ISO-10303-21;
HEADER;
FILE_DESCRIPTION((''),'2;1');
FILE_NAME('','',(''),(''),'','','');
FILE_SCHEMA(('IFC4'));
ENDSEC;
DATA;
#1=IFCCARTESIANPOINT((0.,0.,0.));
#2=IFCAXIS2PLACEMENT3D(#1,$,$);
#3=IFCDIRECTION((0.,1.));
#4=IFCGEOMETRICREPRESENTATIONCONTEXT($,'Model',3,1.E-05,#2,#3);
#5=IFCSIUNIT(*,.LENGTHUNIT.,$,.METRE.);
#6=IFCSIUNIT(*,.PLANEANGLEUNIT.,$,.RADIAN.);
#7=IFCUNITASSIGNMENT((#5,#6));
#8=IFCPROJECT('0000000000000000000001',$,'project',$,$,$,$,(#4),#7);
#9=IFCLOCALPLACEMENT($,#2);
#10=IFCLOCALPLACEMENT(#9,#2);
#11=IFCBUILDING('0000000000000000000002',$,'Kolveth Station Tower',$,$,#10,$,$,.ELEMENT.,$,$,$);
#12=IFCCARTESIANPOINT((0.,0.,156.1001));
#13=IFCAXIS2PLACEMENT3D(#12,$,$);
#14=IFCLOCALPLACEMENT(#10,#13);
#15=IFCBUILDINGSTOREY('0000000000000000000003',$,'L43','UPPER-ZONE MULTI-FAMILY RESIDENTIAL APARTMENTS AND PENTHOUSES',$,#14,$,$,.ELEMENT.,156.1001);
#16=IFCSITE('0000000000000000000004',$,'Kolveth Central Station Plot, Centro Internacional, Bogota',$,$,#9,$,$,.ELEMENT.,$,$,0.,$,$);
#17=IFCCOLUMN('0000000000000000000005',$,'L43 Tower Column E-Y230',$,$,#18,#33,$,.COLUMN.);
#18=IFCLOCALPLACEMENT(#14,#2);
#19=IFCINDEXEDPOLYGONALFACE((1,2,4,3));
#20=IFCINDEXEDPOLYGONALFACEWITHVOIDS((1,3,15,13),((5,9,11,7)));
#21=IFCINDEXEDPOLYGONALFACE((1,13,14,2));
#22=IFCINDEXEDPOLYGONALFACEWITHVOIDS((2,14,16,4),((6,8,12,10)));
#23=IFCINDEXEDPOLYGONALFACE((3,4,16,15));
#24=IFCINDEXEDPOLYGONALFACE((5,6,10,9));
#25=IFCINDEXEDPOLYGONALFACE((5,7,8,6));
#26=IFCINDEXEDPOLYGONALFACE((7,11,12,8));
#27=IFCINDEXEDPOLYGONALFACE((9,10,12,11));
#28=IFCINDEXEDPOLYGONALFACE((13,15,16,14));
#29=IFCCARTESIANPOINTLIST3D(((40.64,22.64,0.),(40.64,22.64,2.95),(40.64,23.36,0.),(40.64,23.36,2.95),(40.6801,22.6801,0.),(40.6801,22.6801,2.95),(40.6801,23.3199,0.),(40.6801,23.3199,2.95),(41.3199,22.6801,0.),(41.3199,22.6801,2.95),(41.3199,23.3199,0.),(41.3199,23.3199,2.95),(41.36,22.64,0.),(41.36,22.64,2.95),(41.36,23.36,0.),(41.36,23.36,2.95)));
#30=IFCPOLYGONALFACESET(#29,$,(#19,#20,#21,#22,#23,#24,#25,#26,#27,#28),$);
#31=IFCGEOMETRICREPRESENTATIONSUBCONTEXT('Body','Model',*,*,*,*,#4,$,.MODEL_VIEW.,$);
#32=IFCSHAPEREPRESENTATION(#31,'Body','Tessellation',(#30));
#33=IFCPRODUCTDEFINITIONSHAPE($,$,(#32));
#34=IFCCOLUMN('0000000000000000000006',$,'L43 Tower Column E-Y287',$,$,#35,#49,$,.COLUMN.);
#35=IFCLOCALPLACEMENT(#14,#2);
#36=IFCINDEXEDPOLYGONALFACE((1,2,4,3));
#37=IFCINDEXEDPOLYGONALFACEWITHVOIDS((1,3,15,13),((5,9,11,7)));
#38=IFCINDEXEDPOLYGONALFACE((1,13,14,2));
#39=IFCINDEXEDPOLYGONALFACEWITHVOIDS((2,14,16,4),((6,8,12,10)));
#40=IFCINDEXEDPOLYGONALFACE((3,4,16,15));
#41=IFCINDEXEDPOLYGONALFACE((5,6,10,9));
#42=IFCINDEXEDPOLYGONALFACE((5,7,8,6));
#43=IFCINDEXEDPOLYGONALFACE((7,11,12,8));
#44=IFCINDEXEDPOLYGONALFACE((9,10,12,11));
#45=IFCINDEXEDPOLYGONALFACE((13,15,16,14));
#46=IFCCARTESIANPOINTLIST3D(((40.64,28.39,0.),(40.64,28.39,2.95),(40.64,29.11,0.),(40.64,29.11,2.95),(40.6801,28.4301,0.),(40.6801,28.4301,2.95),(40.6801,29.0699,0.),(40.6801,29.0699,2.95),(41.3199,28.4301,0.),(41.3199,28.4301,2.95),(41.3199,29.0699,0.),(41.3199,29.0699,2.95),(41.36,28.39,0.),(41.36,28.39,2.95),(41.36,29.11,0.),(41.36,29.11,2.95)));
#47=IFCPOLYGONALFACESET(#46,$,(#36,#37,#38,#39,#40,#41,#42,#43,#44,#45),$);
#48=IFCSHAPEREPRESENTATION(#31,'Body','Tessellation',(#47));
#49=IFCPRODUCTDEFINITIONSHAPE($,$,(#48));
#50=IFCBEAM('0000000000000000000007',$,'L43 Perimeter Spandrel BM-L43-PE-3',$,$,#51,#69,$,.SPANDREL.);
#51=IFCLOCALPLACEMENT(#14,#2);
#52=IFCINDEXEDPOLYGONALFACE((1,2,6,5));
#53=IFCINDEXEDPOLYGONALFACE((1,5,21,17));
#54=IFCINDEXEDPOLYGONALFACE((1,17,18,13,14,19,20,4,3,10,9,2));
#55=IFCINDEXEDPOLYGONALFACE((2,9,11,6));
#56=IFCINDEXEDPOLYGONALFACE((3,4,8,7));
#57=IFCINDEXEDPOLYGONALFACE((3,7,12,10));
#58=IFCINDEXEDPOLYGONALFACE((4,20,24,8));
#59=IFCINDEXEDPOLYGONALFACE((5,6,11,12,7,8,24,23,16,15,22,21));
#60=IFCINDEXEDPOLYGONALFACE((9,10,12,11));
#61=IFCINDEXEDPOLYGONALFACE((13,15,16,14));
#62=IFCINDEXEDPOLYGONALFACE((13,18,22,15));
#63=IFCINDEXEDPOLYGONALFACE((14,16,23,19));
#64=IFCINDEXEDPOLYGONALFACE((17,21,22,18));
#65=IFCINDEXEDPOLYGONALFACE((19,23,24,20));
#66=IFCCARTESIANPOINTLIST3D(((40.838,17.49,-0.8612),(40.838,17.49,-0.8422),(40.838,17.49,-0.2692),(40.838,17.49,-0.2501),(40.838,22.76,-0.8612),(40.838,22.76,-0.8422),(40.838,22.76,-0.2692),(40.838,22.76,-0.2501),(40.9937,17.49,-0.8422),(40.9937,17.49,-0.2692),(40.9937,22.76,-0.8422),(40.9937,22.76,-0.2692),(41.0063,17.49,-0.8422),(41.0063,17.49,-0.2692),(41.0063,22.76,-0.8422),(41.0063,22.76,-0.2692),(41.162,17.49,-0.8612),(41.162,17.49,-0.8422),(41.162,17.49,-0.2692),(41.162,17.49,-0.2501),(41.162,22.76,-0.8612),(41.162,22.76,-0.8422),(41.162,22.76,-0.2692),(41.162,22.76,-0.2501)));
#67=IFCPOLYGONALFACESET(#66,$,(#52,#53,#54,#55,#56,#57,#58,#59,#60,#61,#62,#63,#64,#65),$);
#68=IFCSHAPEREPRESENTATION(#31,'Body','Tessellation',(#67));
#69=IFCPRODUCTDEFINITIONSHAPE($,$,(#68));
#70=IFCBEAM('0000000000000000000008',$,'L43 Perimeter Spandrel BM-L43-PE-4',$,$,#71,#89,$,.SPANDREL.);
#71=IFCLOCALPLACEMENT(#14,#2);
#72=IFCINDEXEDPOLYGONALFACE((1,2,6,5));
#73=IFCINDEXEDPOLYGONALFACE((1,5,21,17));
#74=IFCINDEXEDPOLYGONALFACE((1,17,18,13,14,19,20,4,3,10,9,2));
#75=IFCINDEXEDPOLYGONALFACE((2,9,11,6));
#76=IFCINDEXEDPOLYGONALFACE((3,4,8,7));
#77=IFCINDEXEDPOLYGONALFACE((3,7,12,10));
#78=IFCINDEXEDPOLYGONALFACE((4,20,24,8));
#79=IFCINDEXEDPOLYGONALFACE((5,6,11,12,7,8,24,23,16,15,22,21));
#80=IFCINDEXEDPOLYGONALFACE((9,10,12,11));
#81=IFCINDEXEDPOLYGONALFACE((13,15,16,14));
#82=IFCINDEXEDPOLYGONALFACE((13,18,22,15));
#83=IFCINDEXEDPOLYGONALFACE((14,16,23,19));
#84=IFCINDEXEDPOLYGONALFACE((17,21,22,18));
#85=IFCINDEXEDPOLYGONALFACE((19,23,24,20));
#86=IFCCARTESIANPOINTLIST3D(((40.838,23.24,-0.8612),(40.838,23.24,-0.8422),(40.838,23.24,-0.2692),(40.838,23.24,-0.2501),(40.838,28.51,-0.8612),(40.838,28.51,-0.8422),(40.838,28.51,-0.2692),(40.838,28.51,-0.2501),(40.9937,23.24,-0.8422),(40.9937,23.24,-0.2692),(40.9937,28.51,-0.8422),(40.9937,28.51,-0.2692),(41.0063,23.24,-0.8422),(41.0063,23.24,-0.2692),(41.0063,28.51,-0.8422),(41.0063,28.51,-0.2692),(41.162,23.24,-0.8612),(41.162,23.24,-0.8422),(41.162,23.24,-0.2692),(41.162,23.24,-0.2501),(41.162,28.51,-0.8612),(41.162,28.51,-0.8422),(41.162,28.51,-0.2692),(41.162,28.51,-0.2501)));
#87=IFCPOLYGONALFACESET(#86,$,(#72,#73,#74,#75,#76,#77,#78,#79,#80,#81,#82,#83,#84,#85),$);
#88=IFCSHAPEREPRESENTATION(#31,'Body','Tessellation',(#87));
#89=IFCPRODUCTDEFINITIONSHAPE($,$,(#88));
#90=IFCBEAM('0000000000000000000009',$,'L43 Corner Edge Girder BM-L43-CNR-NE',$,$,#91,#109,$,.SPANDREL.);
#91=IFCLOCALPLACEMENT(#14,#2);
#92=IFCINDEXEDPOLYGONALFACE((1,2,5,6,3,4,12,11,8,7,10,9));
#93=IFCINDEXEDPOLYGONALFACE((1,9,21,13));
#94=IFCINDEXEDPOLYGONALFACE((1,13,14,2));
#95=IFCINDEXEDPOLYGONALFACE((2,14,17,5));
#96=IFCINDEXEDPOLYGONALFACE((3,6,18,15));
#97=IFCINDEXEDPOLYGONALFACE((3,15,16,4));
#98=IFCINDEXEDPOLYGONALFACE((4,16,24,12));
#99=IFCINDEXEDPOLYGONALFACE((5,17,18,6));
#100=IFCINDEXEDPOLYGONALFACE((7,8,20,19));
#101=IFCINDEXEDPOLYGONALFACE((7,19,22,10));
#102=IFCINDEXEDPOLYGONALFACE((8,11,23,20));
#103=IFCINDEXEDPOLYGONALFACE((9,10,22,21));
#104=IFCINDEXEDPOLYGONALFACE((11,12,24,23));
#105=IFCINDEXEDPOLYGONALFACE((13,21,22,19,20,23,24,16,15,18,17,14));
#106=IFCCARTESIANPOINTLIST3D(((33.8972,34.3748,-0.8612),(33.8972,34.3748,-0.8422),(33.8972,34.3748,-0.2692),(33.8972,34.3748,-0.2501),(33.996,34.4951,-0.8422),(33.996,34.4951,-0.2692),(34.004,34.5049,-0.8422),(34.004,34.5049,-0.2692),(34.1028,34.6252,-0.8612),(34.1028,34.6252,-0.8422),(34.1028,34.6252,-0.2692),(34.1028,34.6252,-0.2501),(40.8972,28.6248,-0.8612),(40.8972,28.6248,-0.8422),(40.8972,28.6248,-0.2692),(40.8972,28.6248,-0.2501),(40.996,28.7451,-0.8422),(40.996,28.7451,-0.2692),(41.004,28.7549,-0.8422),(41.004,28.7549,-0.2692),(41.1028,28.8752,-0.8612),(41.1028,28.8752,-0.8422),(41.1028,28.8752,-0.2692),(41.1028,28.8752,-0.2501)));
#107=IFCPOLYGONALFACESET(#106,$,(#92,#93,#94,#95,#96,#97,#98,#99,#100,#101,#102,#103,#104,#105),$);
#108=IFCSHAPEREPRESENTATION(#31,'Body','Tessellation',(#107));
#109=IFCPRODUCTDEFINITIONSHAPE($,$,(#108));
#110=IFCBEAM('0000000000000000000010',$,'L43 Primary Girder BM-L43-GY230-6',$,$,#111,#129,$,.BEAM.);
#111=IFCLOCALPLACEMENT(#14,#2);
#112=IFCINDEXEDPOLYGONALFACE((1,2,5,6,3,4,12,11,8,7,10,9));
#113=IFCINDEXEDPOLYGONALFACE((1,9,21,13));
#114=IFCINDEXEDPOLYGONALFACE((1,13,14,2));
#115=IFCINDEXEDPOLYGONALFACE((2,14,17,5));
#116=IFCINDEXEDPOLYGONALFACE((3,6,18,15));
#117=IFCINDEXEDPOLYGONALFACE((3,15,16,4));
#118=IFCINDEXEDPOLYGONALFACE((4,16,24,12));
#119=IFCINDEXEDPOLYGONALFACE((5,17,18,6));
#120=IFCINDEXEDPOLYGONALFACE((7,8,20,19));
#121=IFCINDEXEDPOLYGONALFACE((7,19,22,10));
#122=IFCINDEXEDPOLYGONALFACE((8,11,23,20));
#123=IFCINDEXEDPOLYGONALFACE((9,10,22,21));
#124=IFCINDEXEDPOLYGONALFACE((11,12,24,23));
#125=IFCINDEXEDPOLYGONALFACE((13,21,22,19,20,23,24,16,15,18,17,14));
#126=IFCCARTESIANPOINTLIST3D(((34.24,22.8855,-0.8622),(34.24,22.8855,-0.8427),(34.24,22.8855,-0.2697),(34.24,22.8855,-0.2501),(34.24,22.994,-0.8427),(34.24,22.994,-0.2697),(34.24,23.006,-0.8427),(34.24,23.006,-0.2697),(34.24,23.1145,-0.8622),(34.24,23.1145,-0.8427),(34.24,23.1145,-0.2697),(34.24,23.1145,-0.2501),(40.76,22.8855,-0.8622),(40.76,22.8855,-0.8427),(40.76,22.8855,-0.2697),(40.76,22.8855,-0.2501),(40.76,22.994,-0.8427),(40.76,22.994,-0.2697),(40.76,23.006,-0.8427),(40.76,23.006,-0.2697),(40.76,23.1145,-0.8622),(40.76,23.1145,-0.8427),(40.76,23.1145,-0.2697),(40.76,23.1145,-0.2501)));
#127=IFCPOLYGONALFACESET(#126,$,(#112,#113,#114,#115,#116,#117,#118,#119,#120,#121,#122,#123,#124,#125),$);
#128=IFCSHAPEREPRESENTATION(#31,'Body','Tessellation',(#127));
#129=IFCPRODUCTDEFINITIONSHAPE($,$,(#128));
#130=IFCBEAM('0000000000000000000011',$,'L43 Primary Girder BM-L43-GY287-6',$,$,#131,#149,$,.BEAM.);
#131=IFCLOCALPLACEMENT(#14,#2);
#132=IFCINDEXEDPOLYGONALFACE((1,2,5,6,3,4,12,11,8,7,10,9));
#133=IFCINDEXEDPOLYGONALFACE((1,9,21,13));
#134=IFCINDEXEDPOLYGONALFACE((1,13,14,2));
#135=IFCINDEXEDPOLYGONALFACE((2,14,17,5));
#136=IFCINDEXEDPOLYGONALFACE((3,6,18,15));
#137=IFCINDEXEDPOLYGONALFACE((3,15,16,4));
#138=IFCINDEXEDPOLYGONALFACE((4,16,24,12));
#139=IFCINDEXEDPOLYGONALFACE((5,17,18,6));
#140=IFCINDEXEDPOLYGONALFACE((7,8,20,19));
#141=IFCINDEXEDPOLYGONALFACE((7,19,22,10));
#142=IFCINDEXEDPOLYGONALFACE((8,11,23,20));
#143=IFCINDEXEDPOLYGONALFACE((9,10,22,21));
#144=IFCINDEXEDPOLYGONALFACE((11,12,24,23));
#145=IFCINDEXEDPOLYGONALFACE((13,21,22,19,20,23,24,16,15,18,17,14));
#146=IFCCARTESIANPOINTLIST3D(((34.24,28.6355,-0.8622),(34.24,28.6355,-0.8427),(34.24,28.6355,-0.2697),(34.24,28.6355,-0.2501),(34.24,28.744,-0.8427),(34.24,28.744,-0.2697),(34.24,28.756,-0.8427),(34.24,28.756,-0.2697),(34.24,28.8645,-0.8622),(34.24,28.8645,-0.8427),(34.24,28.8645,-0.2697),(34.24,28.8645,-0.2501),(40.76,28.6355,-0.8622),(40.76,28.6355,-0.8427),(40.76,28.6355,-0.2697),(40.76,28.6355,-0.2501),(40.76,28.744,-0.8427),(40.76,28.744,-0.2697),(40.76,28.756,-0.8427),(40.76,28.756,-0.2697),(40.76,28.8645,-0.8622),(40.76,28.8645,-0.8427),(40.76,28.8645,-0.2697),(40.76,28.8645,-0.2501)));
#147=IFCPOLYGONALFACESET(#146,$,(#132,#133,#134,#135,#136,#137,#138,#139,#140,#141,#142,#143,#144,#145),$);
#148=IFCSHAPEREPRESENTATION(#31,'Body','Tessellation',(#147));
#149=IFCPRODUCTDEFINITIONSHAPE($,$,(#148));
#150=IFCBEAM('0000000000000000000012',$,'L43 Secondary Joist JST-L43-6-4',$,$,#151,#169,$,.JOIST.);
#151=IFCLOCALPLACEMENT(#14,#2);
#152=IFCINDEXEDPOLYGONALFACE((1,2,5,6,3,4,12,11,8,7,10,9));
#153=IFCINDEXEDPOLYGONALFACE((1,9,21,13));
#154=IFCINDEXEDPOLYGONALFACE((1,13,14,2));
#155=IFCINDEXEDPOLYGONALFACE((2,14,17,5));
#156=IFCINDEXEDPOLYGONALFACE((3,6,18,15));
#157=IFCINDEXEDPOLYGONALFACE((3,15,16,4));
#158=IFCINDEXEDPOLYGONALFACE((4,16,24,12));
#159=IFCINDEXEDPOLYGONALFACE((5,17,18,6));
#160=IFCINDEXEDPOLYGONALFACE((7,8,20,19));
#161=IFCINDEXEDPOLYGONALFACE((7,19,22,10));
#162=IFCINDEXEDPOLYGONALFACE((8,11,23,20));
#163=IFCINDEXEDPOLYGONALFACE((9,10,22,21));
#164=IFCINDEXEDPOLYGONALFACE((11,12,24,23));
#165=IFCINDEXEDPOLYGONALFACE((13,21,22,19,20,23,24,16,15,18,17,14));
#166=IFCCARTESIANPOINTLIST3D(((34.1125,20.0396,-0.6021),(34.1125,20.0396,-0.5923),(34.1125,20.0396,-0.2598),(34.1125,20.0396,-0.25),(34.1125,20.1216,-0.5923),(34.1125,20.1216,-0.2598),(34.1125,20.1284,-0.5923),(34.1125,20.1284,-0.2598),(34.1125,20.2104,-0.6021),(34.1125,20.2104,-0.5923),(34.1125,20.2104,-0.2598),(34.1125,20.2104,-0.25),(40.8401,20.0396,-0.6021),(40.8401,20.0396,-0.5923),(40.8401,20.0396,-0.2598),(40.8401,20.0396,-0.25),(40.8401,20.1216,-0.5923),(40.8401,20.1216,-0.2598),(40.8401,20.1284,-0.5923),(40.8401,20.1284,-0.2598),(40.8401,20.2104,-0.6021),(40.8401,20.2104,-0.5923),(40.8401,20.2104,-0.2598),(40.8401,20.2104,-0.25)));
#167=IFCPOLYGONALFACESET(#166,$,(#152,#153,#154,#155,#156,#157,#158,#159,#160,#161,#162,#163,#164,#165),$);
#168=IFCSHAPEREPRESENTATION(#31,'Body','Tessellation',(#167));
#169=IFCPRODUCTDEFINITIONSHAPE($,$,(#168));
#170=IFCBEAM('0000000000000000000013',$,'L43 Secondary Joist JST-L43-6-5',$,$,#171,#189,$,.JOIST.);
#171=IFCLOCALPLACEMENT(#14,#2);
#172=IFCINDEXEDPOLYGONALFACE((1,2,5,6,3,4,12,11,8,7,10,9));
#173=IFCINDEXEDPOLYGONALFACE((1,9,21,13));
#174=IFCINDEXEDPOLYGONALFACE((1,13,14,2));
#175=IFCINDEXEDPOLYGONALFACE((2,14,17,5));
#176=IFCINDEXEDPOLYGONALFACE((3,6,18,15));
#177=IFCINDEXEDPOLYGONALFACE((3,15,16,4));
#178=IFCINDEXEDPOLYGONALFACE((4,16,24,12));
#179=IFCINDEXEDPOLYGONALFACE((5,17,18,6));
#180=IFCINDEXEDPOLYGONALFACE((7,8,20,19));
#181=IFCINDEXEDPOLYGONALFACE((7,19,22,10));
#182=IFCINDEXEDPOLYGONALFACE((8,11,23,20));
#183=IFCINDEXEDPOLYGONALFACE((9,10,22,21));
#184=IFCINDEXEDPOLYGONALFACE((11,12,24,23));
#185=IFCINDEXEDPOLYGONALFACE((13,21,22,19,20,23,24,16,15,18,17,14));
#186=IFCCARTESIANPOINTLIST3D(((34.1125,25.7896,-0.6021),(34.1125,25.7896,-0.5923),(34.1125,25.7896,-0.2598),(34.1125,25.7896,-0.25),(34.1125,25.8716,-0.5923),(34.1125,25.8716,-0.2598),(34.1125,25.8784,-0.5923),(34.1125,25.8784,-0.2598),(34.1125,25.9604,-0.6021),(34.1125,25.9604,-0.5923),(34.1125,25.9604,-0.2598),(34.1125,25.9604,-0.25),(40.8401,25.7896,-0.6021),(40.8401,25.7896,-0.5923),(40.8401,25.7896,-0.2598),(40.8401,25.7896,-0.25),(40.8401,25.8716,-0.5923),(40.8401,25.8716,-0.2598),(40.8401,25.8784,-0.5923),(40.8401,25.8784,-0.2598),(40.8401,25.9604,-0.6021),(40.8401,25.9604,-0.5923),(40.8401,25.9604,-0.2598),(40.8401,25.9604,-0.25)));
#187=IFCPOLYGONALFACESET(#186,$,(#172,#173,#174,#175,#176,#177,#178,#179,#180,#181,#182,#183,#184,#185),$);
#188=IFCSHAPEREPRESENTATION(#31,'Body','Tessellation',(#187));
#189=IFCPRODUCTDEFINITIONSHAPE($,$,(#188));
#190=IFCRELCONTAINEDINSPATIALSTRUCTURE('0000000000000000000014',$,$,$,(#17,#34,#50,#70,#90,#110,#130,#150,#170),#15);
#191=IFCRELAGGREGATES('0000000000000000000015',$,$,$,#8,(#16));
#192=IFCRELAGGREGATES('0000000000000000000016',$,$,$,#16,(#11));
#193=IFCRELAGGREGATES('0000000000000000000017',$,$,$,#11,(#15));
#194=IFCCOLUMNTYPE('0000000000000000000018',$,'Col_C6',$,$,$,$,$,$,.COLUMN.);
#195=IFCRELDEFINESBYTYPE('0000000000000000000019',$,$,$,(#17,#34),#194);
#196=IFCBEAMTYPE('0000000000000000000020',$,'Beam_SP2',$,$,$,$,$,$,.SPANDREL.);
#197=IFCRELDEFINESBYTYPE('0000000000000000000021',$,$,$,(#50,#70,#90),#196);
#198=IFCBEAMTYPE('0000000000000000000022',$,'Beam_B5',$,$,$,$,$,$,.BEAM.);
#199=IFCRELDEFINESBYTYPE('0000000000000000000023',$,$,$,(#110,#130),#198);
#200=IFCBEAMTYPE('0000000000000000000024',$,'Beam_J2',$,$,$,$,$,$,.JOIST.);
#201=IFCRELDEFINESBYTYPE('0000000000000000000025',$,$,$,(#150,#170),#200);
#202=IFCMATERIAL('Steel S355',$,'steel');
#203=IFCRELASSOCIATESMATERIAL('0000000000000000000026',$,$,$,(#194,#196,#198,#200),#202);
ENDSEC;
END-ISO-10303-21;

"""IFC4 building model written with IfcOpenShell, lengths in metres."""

from ifc_helpers import new_model, si_unit, direction, frame, origin, origin_2d, place, context, subcontext, project, spatial, hollow_rectangle, i_section, extrude, source, transform, mapped, material, material_profile, profile_set, type_object, element, save


model = new_model("IFC4")

# Units and contexts
model_context = context("Model", 3, precision=1e-05, world=origin(), true_north=direction((0.0, 1.0)))
body_context = subcontext(model_context, "Body", "Model", "MODEL_VIEW")
ifc_project = project(units=[si_unit("LENGTHUNIT", "METRE"), si_unit("PLANEANGLEUNIT", "RADIAN")], contexts=[model_context])

# Site, building, storey
site_placement = place(None, origin())
site = spatial("IfcSite", under=ifc_project, at=site_placement, Name="Kolveth Central Station Plot, Centro Internacional, Bogota", CompositionType="ELEMENT", RefElevation=0.0)
building_placement = place(site_placement, origin())
building = spatial("IfcBuilding", under=site, at=building_placement, Name="Kolveth Station Tower", CompositionType="ELEMENT")
storey_placement = place(building_placement, frame((0.0, 0.0, 156.1001)))
storey = spatial("IfcBuildingStorey", under=building, at=storey_placement, Name="L43", Description="UPPER-ZONE MULTI-FAMILY RESIDENTIAL APARTMENTS AND PENTHOUSES", CompositionType="ELEMENT", Elevation=156.1001)

# Columns
ifc_material_1 = material(Name="Steel S355", Category="steel")
ifc_material_profile_1 = material_profile(ifc_material_1, hollow_rectangle(XDim=0.72, YDim=0.72, WallThickness=0.04, at=origin_2d()), Name="BOX720x720x40")
ifc_profile_set_1 = profile_set([ifc_material_profile_1], Name="Steel S355")
column_type = type_object("IfcColumnType", Name="Col_C6", PredefinedType="COLUMN", material=ifc_profile_set_1)
shared_shape_1 = source(origin(), body_context, "Body", "SweptSolid", [
    extrude(hollow_rectangle(XDim=0.72, YDim=0.72, WallThickness=0.04, at=origin_2d()), origin(), (0.0, 0.0, 1.0), 2.95),
])
for number, where, z_axis, x_axis, name in (
    (1, (41.0, 23.0, 0.0), (0.0, 0.0, 1.0), (1.0, 0.0, 0.0), "L43 Tower Column E-Y230"),
    (2, (41.0, 28.75, 0.0), (0.0, 0.0, 1.0), (1.0, 0.0, 0.0), "L43 Tower Column E-Y287"),
):
    element("IfcColumn", number, at=place(storey_placement, frame(where, z_axis=z_axis, x_axis=x_axis)), inside=storey, type_object=column_type, Name=name, PredefinedType="COLUMN", context=body_context, shape_type="MappedRepresentation", body=[
        mapped(shared_shape_1, transform((0.0, 0.0, 0.0), x_axis=(1.0, 0.0, 0.0), y_axis=(0.0, 1.0, 0.0), z_axis=(0.0, 0.0, 1.0), scale=1.0)),
    ])

# Beams
ifc_material_profile_2 = material_profile(ifc_material_1, i_section(OverallWidth=0.324, OverallDepth=0.6111, WebThickness=0.0127, FlangeThickness=0.019, at=origin_2d()), Name="W610x155")
ifc_profile_set_2 = profile_set([ifc_material_profile_2], Name="Steel S355")
beam_type_1 = type_object("IfcBeamType", Name="Beam_SP2", PredefinedType="SPANDREL", material=ifc_profile_set_2)
shared_shape_2 = source(origin(), body_context, "Body", "SweptSolid", [
    extrude(i_section(OverallWidth=0.324, OverallDepth=0.6111, WebThickness=0.0127, FlangeThickness=0.019, at=origin_2d()), origin(), (0.0, 0.0, 1.0), 5.27),
])
for number, where, z_axis, x_axis, name in (
    (3, (41.0, 17.49, -0.5557), (0.0, 1.0, 0.0), (-1.0, 0.0, 0.0), "L43 Perimeter Spandrel BM-L43-PE-3"),
    (4, (41.0, 23.24, -0.5557), (0.0, 1.0, 0.0), (-1.0, 0.0, 0.0), "L43 Perimeter Spandrel BM-L43-PE-4"),
):
    element("IfcBeam", number, at=place(storey_placement, frame(where, z_axis=z_axis, x_axis=x_axis)), inside=storey, type_object=beam_type_1, Name=name, PredefinedType="SPANDREL", context=body_context, shape_type="MappedRepresentation", body=[
        mapped(shared_shape_2, transform((0.0, 0.0, 0.0), x_axis=(1.0, 0.0, 0.0), y_axis=(0.0, 1.0, 0.0), z_axis=(0.0, 0.0, 1.0), scale=1.0)),
    ])
shared_shape_3 = source(origin(), body_context, "Body", "SweptSolid", [
    extrude(i_section(OverallWidth=0.324, OverallDepth=0.6111, WebThickness=0.0127, FlangeThickness=0.019, at=origin_2d()), origin(), (0.0, 0.0, 1.0), 9.0588),
])
beam_placement = place(storey_placement, frame((41.0, 28.75, -0.5557), z_axis=(-0.772726, 0.634739, 0.0), x_axis=(-0.634739, -0.772726, 0.0)))
element("IfcBeam", 5, at=beam_placement, inside=storey, type_object=beam_type_1, Name="L43 Corner Edge Girder BM-L43-CNR-NE", PredefinedType="SPANDREL", context=body_context, shape_type="MappedRepresentation", body=[
    mapped(shared_shape_3, transform((0.0, 0.0, 0.0), x_axis=(1.0, 0.0, 0.0), y_axis=(0.0, 1.0, 0.0), z_axis=(0.0, 0.0, 1.0), scale=1.0)),
])
ifc_material_profile_3 = material_profile(ifc_material_1, i_section(OverallWidth=0.229, OverallDepth=0.6121, WebThickness=0.012, FlangeThickness=0.0195, at=origin_2d()), Name="W610x125")
ifc_profile_set_3 = profile_set([ifc_material_profile_3], Name="Steel S355")
beam_type_2 = type_object("IfcBeamType", Name="Beam_B5", PredefinedType="BEAM", material=ifc_profile_set_3)
shared_shape_4 = source(origin(), body_context, "Body", "SweptSolid", [
    extrude(i_section(OverallWidth=0.229, OverallDepth=0.6121, WebThickness=0.012, FlangeThickness=0.0195, at=origin_2d()), origin(), (0.0, 0.0, 1.0), 6.52),
])
for number, where, z_axis, x_axis, name in (
    (6, (34.24, 23.0, -0.5562), (1.0, 0.0, 0.0), (0.0, 1.0, 0.0), "L43 Primary Girder BM-L43-GY230-6"),
    (7, (34.24, 28.75, -0.5562), (1.0, 0.0, 0.0), (0.0, 1.0, 0.0), "L43 Primary Girder BM-L43-GY287-6"),
):
    element("IfcBeam", number, at=place(storey_placement, frame(where, z_axis=z_axis, x_axis=x_axis)), inside=storey, type_object=beam_type_2, Name=name, PredefinedType="BEAM", context=body_context, shape_type="MappedRepresentation", body=[
        mapped(shared_shape_4, transform((0.0, 0.0, 0.0), x_axis=(1.0, 0.0, 0.0), y_axis=(0.0, 1.0, 0.0), z_axis=(0.0, 0.0, 1.0), scale=1.0)),
    ])
ifc_material_profile_4 = material_profile(ifc_material_1, i_section(OverallWidth=0.1709, OverallDepth=0.3521, WebThickness=0.0068, FlangeThickness=0.0098, at=origin_2d()), Name="W360x44")
ifc_profile_set_4 = profile_set([ifc_material_profile_4], Name="Steel S355")
beam_type_3 = type_object("IfcBeamType", Name="Beam_J2", PredefinedType="JOIST", material=ifc_profile_set_4)
shared_shape_5 = source(origin(), body_context, "Body", "SweptSolid", [
    extrude(i_section(OverallWidth=0.1709, OverallDepth=0.3521, WebThickness=0.0068, FlangeThickness=0.0098, at=origin_2d()), origin(), (0.0, 0.0, 1.0), 6.7275),
])
for number, where, z_axis, x_axis, name in (
    (8, (34.1125, 20.125, -0.426), (1.0, 0.0, 0.0), (0.0, 1.0, 0.0), "L43 Secondary Joist JST-L43-6-4"),
    (9, (34.1125, 25.875, -0.426), (1.0, 0.0, 0.0), (0.0, 1.0, 0.0), "L43 Secondary Joist JST-L43-6-5"),
):
    element("IfcBeam", number, at=place(storey_placement, frame(where, z_axis=z_axis, x_axis=x_axis)), inside=storey, type_object=beam_type_3, Name=name, PredefinedType="JOIST", context=body_context, shape_type="MappedRepresentation", body=[
        mapped(shared_shape_5, transform((0.0, 0.0, 0.0), x_axis=(1.0, 0.0, 0.0), y_axis=(0.0, 1.0, 0.0), z_axis=(0.0, 0.0, 1.0), scale=1.0)),
    ])

save(model, "model.ifc")
